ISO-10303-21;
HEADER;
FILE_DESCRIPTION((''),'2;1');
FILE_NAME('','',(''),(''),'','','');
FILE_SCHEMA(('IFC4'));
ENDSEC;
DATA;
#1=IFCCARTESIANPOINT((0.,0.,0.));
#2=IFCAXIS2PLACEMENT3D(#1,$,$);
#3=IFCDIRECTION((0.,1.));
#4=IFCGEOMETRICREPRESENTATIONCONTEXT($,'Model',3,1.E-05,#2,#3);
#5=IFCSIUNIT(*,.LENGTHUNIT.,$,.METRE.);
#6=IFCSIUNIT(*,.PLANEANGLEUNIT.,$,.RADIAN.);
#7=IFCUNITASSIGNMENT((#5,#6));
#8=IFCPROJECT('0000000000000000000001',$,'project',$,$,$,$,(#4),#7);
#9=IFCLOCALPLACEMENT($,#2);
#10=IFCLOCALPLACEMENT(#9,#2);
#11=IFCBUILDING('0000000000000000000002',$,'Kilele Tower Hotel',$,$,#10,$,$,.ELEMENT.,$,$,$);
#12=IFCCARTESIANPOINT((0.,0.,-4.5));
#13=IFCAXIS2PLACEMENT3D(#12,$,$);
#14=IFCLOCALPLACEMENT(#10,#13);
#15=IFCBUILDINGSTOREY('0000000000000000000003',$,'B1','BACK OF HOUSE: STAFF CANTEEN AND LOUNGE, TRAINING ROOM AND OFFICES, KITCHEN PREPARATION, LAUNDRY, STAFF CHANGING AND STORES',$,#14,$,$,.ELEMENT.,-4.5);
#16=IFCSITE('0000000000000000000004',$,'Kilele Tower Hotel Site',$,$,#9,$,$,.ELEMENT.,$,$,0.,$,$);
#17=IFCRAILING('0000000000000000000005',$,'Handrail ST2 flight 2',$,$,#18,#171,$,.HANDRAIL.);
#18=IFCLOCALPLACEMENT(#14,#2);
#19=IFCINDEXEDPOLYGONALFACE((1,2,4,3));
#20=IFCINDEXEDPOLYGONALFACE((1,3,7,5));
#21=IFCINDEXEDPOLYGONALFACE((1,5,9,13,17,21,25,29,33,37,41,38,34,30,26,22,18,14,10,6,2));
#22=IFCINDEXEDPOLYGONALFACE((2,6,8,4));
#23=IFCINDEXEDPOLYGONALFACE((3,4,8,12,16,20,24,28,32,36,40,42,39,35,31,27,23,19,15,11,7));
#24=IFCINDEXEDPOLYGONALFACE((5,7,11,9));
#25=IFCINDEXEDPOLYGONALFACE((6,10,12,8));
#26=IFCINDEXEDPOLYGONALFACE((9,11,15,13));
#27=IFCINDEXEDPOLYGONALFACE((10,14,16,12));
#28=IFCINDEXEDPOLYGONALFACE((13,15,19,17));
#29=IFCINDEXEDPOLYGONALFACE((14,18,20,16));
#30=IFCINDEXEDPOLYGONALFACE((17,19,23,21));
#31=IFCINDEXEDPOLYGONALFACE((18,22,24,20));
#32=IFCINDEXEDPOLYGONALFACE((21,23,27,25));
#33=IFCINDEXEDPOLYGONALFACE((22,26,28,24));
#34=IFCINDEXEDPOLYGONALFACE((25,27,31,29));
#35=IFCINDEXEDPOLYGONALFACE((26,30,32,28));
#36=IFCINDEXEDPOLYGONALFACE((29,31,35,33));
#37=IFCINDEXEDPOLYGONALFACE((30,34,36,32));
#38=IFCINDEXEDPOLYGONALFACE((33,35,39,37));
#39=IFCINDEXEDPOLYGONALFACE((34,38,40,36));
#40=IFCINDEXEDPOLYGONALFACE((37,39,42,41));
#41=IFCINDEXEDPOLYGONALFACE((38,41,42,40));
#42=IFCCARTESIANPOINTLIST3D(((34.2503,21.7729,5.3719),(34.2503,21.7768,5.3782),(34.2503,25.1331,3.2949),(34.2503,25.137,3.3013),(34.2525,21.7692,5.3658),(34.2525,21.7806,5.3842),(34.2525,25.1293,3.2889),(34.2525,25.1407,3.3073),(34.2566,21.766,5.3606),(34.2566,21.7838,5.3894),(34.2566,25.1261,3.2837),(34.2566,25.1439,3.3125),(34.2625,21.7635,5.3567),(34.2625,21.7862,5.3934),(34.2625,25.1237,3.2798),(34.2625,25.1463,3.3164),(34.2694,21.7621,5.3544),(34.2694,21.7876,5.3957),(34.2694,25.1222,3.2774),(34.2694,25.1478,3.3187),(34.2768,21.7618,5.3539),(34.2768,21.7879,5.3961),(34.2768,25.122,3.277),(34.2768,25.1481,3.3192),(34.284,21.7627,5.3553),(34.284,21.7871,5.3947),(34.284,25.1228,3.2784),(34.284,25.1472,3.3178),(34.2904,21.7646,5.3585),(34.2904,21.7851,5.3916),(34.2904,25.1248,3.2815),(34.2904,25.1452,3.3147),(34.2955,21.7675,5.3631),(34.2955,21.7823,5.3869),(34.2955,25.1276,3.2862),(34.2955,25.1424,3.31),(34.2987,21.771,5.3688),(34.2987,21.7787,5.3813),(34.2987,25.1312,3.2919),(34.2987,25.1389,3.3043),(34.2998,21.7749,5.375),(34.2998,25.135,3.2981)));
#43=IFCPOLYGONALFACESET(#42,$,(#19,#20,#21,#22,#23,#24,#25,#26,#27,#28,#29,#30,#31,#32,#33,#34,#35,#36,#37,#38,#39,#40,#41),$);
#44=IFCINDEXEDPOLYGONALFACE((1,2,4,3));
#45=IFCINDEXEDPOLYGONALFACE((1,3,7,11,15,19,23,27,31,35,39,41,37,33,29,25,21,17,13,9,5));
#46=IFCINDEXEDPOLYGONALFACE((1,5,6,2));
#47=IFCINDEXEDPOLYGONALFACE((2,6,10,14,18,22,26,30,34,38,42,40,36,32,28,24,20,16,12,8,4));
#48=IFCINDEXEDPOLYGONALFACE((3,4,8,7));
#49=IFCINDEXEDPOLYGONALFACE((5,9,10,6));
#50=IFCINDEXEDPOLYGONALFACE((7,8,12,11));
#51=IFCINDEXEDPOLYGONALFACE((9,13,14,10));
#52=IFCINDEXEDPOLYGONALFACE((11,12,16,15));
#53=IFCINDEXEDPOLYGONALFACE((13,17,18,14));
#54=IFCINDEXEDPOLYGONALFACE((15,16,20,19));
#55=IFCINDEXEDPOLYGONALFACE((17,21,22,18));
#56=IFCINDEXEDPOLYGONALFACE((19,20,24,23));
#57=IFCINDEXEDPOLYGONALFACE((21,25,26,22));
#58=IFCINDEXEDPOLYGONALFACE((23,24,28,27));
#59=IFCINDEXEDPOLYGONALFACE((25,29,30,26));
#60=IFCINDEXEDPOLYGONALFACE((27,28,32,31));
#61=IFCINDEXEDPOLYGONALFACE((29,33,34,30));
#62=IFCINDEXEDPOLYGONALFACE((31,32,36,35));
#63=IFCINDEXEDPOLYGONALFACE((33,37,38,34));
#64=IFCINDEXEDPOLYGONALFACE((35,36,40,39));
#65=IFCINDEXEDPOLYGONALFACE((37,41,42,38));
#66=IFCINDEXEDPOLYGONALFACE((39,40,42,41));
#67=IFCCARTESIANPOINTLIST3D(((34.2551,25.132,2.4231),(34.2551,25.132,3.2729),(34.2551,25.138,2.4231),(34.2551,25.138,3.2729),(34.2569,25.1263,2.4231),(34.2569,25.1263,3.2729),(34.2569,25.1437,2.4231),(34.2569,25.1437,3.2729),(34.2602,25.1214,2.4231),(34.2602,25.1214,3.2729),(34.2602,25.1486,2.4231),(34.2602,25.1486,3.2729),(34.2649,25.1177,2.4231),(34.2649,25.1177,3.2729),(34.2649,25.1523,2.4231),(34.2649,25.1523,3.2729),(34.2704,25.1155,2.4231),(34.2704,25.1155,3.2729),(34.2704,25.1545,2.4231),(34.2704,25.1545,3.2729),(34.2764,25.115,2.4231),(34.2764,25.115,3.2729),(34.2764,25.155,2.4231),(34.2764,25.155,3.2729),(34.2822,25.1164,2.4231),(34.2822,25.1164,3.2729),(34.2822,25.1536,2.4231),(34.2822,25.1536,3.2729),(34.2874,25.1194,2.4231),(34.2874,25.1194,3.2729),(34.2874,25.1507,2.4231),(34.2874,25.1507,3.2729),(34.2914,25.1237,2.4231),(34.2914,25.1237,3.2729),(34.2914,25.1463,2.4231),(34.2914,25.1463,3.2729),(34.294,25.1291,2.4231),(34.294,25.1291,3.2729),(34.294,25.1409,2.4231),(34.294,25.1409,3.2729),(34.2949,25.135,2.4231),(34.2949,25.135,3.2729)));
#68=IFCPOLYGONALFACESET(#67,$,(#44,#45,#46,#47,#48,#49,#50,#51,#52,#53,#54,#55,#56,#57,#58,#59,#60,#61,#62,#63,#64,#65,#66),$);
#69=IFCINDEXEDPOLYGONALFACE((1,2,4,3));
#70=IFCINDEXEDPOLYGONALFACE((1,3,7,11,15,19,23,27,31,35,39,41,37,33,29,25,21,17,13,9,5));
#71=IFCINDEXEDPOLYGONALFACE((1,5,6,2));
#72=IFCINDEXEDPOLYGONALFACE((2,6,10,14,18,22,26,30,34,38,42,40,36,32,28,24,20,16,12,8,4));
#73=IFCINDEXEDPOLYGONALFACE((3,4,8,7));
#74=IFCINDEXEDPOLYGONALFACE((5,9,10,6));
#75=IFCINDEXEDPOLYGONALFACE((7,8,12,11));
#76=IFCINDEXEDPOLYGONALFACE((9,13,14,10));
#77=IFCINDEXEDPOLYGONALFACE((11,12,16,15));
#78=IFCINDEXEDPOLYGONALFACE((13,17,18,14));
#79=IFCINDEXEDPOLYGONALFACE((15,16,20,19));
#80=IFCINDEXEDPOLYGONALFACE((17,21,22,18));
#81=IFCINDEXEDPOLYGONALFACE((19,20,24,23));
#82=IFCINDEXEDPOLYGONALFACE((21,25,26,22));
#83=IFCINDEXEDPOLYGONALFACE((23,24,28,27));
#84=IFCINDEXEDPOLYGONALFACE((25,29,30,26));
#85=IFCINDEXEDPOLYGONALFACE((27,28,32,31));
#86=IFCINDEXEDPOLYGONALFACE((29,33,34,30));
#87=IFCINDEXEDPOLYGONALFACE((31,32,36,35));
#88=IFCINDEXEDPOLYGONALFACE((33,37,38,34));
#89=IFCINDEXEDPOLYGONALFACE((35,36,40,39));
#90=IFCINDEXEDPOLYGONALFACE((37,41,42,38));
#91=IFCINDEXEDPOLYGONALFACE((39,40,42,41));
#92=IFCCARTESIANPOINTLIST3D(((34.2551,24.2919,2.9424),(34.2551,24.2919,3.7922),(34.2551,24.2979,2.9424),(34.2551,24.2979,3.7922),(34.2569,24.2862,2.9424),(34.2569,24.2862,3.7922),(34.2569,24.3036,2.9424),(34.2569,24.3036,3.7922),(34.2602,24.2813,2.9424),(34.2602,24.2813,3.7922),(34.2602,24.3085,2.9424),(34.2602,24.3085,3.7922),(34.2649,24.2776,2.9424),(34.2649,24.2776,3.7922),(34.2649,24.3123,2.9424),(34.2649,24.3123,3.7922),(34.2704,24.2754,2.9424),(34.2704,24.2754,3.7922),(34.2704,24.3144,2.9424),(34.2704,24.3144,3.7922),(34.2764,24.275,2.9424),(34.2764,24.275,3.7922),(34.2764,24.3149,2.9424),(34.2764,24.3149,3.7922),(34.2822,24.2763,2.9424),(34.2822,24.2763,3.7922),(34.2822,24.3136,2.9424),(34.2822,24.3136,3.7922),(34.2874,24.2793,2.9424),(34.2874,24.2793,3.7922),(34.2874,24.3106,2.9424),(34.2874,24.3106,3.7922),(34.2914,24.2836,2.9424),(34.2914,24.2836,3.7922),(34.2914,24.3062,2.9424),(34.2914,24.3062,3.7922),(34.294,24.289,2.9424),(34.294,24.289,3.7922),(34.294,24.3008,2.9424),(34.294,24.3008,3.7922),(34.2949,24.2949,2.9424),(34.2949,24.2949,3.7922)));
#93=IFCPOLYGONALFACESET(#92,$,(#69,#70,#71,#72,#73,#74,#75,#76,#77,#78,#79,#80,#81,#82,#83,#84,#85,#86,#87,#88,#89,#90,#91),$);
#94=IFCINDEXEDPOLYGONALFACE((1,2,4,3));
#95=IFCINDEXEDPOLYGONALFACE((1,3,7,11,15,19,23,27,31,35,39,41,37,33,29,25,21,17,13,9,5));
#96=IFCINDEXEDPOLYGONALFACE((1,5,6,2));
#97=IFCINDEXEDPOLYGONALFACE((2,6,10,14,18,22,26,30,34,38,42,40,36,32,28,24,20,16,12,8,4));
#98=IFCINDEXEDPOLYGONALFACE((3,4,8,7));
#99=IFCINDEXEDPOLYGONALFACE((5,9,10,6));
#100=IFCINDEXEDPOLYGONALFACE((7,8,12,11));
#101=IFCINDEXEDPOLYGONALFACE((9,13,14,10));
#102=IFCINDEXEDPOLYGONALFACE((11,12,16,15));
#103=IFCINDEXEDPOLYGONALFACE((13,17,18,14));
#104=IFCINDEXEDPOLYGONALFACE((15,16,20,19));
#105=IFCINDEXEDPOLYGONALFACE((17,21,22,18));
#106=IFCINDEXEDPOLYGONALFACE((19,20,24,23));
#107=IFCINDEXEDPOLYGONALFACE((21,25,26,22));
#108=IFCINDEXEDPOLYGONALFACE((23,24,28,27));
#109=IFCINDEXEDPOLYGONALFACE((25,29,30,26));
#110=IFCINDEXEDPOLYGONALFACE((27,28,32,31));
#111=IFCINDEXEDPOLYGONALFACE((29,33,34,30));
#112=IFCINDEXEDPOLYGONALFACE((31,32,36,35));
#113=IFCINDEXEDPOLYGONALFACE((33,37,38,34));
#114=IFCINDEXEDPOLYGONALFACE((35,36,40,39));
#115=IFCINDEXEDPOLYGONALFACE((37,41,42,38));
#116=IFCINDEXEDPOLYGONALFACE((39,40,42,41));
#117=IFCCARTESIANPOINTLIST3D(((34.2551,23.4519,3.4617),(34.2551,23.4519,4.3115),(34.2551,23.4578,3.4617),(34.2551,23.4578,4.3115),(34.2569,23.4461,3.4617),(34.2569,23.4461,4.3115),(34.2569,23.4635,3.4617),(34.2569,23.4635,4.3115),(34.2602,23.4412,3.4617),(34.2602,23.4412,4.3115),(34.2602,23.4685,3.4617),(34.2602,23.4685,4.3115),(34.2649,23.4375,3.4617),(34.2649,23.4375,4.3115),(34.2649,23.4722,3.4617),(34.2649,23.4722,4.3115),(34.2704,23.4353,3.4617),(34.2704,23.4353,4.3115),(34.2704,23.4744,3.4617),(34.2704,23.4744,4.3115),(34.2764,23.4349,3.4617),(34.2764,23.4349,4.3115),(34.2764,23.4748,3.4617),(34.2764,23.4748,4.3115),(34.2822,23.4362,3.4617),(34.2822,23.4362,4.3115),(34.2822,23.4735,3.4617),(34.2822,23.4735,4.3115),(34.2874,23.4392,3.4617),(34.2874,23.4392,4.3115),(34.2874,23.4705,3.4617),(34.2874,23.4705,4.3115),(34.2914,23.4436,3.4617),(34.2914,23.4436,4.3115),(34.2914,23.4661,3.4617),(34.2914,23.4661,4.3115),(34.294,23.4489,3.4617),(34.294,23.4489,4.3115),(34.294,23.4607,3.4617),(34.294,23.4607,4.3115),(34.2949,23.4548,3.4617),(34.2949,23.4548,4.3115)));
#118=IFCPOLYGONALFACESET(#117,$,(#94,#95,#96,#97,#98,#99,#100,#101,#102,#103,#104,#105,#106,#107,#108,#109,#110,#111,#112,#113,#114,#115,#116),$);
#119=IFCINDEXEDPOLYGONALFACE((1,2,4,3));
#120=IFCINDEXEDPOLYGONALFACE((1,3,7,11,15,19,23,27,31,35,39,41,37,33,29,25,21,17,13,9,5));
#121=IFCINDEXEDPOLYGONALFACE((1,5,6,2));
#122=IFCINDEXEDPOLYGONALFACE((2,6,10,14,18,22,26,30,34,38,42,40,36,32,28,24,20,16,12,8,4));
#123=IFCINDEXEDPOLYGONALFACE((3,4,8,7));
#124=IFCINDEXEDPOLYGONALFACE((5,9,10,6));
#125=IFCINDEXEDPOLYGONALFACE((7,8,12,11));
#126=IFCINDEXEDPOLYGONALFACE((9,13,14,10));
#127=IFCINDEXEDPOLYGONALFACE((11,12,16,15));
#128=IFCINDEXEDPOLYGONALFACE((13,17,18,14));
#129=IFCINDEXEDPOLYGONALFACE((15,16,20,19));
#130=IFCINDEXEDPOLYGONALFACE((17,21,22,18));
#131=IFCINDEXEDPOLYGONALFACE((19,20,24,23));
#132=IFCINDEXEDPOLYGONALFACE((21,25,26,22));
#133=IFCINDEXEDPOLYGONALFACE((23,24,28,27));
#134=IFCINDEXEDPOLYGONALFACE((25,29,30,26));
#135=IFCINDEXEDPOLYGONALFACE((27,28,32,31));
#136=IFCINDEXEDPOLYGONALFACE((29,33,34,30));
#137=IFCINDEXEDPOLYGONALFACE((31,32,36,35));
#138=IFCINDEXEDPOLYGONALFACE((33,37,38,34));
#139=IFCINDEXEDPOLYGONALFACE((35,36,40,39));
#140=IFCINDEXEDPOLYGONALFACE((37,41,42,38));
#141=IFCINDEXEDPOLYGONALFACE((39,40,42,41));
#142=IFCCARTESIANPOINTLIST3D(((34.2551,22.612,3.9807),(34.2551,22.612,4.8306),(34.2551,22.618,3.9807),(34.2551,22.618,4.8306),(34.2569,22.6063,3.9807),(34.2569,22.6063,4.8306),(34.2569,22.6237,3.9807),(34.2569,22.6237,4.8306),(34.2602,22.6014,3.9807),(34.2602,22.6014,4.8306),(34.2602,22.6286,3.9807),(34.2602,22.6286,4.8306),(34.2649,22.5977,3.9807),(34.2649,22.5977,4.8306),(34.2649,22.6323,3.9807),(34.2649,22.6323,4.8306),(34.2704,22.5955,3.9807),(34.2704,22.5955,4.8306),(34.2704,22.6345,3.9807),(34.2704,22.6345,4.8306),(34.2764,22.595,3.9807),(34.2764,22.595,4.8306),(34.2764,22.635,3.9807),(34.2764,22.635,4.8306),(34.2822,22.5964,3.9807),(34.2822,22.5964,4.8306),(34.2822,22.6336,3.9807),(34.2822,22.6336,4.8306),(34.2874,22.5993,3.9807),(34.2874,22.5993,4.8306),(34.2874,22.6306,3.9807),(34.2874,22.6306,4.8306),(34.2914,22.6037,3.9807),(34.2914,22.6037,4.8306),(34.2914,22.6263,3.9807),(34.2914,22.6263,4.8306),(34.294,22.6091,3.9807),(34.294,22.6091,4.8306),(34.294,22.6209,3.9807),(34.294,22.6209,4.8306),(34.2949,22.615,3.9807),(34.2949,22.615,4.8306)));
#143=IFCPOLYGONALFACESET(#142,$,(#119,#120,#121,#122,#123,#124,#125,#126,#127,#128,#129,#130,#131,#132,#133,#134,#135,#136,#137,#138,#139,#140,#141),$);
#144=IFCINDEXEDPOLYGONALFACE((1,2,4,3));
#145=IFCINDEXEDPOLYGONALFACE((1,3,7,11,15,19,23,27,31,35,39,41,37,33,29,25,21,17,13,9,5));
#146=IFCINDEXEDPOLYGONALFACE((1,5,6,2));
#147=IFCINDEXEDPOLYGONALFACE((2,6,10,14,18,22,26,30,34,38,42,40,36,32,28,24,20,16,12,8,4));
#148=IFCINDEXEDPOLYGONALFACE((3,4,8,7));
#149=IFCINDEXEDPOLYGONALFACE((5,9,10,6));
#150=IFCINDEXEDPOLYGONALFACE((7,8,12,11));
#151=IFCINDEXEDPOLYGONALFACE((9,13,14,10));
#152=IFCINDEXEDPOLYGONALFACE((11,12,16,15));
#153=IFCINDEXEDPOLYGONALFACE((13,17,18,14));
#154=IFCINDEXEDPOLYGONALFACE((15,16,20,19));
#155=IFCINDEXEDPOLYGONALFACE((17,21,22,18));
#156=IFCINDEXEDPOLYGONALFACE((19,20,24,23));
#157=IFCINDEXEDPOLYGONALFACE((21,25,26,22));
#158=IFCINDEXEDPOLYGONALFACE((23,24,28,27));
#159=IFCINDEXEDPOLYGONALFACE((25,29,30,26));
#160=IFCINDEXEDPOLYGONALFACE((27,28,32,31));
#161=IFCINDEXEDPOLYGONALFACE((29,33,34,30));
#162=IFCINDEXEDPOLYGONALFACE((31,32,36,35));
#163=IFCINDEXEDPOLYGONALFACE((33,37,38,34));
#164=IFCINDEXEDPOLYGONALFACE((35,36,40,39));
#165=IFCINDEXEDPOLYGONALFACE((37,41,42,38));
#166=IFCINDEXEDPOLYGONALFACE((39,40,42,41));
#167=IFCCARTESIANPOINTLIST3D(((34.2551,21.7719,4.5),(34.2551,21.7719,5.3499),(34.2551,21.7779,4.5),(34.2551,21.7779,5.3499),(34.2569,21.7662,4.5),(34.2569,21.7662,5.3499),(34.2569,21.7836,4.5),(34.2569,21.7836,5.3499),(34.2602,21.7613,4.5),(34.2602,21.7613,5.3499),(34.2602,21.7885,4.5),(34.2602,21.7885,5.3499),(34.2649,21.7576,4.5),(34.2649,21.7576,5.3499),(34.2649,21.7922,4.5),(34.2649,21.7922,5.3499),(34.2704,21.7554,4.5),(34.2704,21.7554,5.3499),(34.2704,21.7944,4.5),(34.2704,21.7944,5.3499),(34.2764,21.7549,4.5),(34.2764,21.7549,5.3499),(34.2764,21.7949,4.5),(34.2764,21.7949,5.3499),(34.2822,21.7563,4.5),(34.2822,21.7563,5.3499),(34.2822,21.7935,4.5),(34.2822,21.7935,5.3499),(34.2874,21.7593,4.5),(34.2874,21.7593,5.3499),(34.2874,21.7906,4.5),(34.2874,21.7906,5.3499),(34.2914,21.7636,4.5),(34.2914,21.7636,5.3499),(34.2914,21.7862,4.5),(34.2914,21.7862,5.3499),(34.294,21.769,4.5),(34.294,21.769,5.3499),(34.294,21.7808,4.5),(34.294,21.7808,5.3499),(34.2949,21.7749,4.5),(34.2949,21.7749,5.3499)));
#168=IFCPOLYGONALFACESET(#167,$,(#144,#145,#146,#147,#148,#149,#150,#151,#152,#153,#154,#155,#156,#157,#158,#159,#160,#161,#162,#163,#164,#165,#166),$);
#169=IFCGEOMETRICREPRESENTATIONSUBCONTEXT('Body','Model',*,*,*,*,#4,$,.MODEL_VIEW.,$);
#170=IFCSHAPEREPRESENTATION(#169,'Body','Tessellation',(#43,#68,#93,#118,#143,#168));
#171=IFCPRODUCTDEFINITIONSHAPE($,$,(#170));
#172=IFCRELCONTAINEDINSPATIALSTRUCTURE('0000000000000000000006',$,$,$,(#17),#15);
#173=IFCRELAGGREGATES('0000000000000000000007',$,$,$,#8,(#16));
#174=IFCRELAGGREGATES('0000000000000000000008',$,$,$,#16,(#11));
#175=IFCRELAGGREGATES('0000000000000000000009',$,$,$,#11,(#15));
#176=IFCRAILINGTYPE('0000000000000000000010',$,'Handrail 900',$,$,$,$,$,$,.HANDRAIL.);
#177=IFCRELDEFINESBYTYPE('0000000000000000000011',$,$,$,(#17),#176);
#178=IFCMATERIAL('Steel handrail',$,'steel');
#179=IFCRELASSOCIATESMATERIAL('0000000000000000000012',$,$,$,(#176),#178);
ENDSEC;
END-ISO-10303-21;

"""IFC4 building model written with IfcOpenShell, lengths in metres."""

from ifc_helpers import new_model, si_unit, direction, frame, origin, origin_2d, place, context, subcontext, project, spatial, circle, extrude, material, type_object, element, save


model = new_model("IFC4")

# Units and contexts
model_context = context("Model", 3, precision=1e-05, world=origin(), true_north=direction((0.0, 1.0)))
body_context = subcontext(model_context, "Body", "Model", "MODEL_VIEW")
ifc_project = project(units=[si_unit("LENGTHUNIT", "METRE"), si_unit("PLANEANGLEUNIT", "RADIAN")], contexts=[model_context])

# Site, building, storey
site_placement = place(None, origin())
site = spatial("IfcSite", under=ifc_project, at=site_placement, Name="Kilele Tower Hotel Site", CompositionType="ELEMENT", RefElevation=0.0)
building_placement = place(site_placement, origin())
building = spatial("IfcBuilding", under=site, at=building_placement, Name="Kilele Tower Hotel", CompositionType="ELEMENT")
storey_placement = place(building_placement, frame((0.0, 0.0, -4.5)))
storey = spatial("IfcBuildingStorey", under=building, at=storey_placement, Name="B1", Description="BACK OF HOUSE: STAFF CANTEEN AND LOUNGE, TRAINING ROOM AND OFFICES, KITCHEN PREPARATION, LAUNDRY, STAFF CHANGING AND STORES", CompositionType="ELEMENT", Elevation=-4.5)

# Railing
ifc_material_1 = material(Name="Steel handrail", Category="steel")
railing_type_1 = type_object("IfcRailingType", Name="Handrail 900", PredefinedType="HANDRAIL", material=ifc_material_1)
for number, where, name in (
    (1, (34.2749, 25.135, 2.4231), "Handrail ST2 flight 2"),
):
    element("IfcRailing", number, at=place(storey_placement, frame(where)), inside=storey, type_object=railing_type_1, Name=name, PredefinedType="HANDRAIL", context=body_context, shape_type="SweptSolid", body=[
        extrude(circle(Radius=0.0249, at=origin_2d()), frame((0.0, 0.0, 0.875), z_axis=(0.0, -0.850623, 0.525776), x_axis=(1.0, 0.0, 0.0)), (0.0, 0.0, 1.0), 3.9502),
        extrude(circle(Radius=0.02, at=origin_2d()), origin(), (0.0, 0.0, 1.0), 0.8499),
        extrude(circle(Radius=0.02, at=origin_2d()), frame((0.0, -0.8401, 0.5193)), (0.0, 0.0, 1.0), 0.8499),
        extrude(circle(Radius=0.02, at=origin_2d()), frame((0.0, -1.6802, 1.0386)), (0.0, 0.0, 1.0), 0.8499),
        extrude(circle(Radius=0.02, at=origin_2d()), frame((0.0, -2.52, 1.5576)), (0.0, 0.0, 1.0), 0.8499),
        extrude(circle(Radius=0.02, at=origin_2d()), frame((0.0, -3.3601, 2.0769)), (0.0, 0.0, 1.0), 0.8499),
    ])

save(model, "model.ifc")
